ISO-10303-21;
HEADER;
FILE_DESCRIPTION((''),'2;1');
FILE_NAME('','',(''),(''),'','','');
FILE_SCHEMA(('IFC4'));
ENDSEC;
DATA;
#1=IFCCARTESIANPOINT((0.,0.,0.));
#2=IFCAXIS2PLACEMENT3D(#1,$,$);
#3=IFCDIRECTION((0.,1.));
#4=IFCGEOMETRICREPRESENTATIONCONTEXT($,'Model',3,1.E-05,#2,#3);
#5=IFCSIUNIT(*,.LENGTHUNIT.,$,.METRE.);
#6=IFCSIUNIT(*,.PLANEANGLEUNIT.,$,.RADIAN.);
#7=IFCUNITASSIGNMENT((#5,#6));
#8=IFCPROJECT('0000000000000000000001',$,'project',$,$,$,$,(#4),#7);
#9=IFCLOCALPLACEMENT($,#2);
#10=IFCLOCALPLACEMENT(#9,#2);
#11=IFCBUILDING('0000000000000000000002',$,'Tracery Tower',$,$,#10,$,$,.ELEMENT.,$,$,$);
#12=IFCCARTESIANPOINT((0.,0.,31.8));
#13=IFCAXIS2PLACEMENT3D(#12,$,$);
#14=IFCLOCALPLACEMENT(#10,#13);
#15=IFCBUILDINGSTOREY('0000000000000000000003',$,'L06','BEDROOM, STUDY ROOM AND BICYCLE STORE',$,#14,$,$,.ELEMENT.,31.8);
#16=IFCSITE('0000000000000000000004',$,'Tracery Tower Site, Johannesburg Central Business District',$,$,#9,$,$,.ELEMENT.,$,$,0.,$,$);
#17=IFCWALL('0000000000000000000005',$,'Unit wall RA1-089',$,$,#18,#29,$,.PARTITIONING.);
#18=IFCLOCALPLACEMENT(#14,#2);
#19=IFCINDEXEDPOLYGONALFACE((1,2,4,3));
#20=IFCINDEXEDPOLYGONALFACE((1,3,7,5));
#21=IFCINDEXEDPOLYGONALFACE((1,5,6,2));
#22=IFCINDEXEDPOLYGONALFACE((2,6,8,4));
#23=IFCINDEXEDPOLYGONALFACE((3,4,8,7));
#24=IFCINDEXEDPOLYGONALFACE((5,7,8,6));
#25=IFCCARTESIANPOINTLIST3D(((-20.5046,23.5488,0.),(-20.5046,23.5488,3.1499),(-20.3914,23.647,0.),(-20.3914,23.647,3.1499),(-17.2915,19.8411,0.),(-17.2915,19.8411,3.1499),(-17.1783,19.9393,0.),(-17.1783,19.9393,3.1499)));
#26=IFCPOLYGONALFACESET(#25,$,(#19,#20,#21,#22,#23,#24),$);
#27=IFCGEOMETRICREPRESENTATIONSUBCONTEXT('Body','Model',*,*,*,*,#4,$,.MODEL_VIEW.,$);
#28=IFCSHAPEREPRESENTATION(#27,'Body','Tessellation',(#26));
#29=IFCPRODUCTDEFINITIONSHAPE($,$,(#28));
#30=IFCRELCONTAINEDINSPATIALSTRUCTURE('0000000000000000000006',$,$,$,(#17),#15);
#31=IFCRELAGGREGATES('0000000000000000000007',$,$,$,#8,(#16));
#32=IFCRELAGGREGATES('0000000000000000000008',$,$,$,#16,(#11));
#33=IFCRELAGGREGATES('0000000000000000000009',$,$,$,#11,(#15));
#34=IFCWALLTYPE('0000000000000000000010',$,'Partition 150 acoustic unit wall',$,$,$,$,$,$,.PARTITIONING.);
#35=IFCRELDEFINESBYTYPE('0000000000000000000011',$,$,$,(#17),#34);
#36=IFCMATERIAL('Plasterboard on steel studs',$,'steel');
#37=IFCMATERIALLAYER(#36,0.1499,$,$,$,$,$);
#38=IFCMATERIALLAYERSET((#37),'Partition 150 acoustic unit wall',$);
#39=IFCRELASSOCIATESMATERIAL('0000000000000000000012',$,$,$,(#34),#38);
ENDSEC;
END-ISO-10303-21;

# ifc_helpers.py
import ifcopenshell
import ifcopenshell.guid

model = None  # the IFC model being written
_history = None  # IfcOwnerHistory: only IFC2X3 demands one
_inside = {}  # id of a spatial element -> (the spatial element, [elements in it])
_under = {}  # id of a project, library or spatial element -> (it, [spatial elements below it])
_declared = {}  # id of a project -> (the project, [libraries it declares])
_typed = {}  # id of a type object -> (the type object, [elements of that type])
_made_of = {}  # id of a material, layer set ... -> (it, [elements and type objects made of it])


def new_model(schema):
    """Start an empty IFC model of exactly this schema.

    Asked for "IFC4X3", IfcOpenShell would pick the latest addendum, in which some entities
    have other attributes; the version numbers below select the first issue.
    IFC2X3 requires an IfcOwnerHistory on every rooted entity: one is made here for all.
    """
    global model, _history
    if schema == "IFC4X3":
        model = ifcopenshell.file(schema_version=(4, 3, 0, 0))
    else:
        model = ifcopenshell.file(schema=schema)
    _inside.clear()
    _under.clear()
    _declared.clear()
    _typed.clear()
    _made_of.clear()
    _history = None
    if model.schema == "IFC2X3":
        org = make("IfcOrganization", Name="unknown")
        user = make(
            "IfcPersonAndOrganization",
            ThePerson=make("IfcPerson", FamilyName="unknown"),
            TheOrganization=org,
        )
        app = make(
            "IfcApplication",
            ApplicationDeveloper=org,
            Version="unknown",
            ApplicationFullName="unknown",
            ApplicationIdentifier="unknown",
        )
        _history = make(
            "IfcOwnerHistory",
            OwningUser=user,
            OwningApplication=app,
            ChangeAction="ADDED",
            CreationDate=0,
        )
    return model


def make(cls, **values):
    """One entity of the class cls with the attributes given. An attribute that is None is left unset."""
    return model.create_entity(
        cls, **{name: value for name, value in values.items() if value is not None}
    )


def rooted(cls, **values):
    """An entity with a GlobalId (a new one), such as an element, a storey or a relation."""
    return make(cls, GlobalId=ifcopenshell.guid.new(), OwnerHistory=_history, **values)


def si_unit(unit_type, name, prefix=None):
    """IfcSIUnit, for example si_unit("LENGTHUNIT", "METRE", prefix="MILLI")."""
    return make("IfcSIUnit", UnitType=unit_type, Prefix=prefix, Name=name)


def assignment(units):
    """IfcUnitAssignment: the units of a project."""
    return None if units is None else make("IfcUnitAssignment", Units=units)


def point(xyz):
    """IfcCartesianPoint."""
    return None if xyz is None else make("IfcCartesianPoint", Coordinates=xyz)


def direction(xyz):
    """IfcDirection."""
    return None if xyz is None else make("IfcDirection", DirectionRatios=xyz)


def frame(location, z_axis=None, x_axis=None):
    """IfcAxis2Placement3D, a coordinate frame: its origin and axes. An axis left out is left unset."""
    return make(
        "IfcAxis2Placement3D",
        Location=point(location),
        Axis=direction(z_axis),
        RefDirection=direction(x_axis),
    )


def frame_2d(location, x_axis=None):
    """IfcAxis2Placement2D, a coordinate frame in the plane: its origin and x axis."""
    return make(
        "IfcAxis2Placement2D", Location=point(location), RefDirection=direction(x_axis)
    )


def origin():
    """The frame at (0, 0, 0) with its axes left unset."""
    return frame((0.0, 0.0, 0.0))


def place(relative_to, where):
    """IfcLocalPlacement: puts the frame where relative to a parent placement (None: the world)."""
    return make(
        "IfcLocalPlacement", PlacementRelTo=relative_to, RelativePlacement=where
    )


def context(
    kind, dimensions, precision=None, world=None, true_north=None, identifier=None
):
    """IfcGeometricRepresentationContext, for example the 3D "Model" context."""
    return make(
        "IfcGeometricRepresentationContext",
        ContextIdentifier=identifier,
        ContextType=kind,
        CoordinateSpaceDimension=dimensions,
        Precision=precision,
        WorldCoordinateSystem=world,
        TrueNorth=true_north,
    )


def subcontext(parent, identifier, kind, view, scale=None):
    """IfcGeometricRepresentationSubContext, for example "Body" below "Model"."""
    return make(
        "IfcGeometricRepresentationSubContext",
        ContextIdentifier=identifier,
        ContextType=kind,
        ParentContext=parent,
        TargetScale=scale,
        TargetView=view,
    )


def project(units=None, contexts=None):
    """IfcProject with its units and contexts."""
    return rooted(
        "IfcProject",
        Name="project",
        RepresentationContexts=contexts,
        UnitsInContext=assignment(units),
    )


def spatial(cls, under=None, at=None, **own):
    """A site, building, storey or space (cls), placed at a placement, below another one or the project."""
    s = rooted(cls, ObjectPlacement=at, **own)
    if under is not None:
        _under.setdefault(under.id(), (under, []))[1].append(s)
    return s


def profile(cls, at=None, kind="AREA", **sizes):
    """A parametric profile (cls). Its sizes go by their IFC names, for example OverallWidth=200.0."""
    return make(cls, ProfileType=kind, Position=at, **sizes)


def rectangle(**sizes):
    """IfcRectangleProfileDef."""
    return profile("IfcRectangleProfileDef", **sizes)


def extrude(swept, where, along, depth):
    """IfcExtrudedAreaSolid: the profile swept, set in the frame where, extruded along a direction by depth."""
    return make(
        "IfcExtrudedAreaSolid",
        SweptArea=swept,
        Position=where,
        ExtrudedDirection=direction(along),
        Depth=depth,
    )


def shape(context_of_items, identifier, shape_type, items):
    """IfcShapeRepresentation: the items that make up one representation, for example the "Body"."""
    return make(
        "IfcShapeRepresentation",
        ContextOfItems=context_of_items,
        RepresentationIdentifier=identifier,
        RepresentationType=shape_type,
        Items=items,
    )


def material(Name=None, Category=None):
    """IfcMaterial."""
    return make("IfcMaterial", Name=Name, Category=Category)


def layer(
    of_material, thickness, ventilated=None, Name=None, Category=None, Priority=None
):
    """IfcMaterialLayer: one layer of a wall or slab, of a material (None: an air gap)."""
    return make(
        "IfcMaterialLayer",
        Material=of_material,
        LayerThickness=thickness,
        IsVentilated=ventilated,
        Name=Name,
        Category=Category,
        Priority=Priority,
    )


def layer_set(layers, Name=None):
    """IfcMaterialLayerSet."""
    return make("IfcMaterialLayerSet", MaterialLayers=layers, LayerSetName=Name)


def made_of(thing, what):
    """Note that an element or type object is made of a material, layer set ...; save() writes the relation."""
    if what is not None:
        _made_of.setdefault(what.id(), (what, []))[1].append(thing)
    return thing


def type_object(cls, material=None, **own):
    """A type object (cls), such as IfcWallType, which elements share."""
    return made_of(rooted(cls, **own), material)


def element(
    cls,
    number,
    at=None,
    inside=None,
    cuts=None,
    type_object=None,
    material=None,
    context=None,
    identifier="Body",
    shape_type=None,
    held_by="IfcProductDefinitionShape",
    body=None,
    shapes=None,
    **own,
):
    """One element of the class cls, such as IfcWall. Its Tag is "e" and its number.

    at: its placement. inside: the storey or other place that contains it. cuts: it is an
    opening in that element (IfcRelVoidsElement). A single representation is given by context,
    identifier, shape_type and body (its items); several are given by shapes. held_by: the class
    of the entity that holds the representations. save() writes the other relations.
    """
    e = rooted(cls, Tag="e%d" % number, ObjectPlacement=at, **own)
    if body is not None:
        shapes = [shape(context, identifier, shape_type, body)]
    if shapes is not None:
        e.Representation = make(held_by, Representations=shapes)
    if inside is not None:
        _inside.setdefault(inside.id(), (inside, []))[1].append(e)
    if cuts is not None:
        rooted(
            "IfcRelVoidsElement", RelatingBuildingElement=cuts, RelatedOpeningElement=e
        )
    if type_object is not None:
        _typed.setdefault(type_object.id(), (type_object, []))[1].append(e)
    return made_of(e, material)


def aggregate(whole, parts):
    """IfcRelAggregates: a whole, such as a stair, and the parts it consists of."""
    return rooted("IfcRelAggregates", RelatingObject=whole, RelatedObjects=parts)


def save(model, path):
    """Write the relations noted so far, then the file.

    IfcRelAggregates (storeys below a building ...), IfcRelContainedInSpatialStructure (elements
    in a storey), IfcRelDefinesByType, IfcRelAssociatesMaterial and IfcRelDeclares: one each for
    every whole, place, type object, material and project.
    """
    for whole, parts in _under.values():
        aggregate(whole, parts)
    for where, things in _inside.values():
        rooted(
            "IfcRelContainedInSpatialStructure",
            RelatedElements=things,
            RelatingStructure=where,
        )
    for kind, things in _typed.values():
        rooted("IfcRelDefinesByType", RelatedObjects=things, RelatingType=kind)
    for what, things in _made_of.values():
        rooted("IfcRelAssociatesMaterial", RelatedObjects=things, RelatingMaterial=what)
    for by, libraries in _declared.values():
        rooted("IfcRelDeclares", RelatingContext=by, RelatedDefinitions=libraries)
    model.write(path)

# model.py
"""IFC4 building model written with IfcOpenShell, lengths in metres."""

from ifc_helpers import new_model, si_unit, direction, frame, frame_2d, origin, place, context, subcontext, project, spatial, rectangle, extrude, material, layer, layer_set, type_object, element, save


model = new_model("IFC4")

# Units and contexts
model_context = context("Model", 3, precision=1e-05, world=origin(), true_north=direction((0.0, 1.0)))
body_context = subcontext(model_context, "Body", "Model", "MODEL_VIEW")
ifc_project = project(units=[si_unit("LENGTHUNIT", "METRE"), si_unit("PLANEANGLEUNIT", "RADIAN")], contexts=[model_context])

# Site, building, storey
site_placement = place(None, origin())
site = spatial("IfcSite", under=ifc_project, at=site_placement, Name="Tracery Tower Site, Johannesburg Central Business District", CompositionType="ELEMENT", RefElevation=0.0)
building_placement = place(site_placement, origin())
building = spatial("IfcBuilding", under=site, at=building_placement, Name="Tracery Tower", CompositionType="ELEMENT")
storey_placement = place(building_placement, frame((0.0, 0.0, 31.8)))
storey = spatial("IfcBuildingStorey", under=building, at=storey_placement, Name="L06", Description="BEDROOM, STUDY ROOM AND BICYCLE STORE", CompositionType="ELEMENT", Elevation=31.8)

# Wall
ifc_material_1 = material(Name="Plasterboard on steel studs", Category="steel")
ifc_layer_1 = layer(ifc_material_1, 0.1499)
ifc_layer_set_1 = layer_set([ifc_layer_1], Name="Partition 150 acoustic unit wall")
wall_type_1 = type_object("IfcWallType", Name="Partition 150 acoustic unit wall", PredefinedType="PARTITIONING", material=ifc_layer_set_1)
wall_1_placement = place(storey_placement, frame((-20.448, 23.5979, 0.0), z_axis=(0.0, 0.0, 1.0), x_axis=(0.6549, -0.755715, 0.0)))
element("IfcWall", 1, at=wall_1_placement, inside=storey, type_object=wall_type_1, Name="Unit wall RA1-089", PredefinedType="PARTITIONING", context=body_context, shape_type="SweptSolid", body=[
    extrude(rectangle(XDim=4.9062, YDim=0.1499, at=frame_2d((2.4531, 0.0))), origin(), (0.0, 0.0, 1.0), 3.1499),
])

save(model, "model.ifc")
